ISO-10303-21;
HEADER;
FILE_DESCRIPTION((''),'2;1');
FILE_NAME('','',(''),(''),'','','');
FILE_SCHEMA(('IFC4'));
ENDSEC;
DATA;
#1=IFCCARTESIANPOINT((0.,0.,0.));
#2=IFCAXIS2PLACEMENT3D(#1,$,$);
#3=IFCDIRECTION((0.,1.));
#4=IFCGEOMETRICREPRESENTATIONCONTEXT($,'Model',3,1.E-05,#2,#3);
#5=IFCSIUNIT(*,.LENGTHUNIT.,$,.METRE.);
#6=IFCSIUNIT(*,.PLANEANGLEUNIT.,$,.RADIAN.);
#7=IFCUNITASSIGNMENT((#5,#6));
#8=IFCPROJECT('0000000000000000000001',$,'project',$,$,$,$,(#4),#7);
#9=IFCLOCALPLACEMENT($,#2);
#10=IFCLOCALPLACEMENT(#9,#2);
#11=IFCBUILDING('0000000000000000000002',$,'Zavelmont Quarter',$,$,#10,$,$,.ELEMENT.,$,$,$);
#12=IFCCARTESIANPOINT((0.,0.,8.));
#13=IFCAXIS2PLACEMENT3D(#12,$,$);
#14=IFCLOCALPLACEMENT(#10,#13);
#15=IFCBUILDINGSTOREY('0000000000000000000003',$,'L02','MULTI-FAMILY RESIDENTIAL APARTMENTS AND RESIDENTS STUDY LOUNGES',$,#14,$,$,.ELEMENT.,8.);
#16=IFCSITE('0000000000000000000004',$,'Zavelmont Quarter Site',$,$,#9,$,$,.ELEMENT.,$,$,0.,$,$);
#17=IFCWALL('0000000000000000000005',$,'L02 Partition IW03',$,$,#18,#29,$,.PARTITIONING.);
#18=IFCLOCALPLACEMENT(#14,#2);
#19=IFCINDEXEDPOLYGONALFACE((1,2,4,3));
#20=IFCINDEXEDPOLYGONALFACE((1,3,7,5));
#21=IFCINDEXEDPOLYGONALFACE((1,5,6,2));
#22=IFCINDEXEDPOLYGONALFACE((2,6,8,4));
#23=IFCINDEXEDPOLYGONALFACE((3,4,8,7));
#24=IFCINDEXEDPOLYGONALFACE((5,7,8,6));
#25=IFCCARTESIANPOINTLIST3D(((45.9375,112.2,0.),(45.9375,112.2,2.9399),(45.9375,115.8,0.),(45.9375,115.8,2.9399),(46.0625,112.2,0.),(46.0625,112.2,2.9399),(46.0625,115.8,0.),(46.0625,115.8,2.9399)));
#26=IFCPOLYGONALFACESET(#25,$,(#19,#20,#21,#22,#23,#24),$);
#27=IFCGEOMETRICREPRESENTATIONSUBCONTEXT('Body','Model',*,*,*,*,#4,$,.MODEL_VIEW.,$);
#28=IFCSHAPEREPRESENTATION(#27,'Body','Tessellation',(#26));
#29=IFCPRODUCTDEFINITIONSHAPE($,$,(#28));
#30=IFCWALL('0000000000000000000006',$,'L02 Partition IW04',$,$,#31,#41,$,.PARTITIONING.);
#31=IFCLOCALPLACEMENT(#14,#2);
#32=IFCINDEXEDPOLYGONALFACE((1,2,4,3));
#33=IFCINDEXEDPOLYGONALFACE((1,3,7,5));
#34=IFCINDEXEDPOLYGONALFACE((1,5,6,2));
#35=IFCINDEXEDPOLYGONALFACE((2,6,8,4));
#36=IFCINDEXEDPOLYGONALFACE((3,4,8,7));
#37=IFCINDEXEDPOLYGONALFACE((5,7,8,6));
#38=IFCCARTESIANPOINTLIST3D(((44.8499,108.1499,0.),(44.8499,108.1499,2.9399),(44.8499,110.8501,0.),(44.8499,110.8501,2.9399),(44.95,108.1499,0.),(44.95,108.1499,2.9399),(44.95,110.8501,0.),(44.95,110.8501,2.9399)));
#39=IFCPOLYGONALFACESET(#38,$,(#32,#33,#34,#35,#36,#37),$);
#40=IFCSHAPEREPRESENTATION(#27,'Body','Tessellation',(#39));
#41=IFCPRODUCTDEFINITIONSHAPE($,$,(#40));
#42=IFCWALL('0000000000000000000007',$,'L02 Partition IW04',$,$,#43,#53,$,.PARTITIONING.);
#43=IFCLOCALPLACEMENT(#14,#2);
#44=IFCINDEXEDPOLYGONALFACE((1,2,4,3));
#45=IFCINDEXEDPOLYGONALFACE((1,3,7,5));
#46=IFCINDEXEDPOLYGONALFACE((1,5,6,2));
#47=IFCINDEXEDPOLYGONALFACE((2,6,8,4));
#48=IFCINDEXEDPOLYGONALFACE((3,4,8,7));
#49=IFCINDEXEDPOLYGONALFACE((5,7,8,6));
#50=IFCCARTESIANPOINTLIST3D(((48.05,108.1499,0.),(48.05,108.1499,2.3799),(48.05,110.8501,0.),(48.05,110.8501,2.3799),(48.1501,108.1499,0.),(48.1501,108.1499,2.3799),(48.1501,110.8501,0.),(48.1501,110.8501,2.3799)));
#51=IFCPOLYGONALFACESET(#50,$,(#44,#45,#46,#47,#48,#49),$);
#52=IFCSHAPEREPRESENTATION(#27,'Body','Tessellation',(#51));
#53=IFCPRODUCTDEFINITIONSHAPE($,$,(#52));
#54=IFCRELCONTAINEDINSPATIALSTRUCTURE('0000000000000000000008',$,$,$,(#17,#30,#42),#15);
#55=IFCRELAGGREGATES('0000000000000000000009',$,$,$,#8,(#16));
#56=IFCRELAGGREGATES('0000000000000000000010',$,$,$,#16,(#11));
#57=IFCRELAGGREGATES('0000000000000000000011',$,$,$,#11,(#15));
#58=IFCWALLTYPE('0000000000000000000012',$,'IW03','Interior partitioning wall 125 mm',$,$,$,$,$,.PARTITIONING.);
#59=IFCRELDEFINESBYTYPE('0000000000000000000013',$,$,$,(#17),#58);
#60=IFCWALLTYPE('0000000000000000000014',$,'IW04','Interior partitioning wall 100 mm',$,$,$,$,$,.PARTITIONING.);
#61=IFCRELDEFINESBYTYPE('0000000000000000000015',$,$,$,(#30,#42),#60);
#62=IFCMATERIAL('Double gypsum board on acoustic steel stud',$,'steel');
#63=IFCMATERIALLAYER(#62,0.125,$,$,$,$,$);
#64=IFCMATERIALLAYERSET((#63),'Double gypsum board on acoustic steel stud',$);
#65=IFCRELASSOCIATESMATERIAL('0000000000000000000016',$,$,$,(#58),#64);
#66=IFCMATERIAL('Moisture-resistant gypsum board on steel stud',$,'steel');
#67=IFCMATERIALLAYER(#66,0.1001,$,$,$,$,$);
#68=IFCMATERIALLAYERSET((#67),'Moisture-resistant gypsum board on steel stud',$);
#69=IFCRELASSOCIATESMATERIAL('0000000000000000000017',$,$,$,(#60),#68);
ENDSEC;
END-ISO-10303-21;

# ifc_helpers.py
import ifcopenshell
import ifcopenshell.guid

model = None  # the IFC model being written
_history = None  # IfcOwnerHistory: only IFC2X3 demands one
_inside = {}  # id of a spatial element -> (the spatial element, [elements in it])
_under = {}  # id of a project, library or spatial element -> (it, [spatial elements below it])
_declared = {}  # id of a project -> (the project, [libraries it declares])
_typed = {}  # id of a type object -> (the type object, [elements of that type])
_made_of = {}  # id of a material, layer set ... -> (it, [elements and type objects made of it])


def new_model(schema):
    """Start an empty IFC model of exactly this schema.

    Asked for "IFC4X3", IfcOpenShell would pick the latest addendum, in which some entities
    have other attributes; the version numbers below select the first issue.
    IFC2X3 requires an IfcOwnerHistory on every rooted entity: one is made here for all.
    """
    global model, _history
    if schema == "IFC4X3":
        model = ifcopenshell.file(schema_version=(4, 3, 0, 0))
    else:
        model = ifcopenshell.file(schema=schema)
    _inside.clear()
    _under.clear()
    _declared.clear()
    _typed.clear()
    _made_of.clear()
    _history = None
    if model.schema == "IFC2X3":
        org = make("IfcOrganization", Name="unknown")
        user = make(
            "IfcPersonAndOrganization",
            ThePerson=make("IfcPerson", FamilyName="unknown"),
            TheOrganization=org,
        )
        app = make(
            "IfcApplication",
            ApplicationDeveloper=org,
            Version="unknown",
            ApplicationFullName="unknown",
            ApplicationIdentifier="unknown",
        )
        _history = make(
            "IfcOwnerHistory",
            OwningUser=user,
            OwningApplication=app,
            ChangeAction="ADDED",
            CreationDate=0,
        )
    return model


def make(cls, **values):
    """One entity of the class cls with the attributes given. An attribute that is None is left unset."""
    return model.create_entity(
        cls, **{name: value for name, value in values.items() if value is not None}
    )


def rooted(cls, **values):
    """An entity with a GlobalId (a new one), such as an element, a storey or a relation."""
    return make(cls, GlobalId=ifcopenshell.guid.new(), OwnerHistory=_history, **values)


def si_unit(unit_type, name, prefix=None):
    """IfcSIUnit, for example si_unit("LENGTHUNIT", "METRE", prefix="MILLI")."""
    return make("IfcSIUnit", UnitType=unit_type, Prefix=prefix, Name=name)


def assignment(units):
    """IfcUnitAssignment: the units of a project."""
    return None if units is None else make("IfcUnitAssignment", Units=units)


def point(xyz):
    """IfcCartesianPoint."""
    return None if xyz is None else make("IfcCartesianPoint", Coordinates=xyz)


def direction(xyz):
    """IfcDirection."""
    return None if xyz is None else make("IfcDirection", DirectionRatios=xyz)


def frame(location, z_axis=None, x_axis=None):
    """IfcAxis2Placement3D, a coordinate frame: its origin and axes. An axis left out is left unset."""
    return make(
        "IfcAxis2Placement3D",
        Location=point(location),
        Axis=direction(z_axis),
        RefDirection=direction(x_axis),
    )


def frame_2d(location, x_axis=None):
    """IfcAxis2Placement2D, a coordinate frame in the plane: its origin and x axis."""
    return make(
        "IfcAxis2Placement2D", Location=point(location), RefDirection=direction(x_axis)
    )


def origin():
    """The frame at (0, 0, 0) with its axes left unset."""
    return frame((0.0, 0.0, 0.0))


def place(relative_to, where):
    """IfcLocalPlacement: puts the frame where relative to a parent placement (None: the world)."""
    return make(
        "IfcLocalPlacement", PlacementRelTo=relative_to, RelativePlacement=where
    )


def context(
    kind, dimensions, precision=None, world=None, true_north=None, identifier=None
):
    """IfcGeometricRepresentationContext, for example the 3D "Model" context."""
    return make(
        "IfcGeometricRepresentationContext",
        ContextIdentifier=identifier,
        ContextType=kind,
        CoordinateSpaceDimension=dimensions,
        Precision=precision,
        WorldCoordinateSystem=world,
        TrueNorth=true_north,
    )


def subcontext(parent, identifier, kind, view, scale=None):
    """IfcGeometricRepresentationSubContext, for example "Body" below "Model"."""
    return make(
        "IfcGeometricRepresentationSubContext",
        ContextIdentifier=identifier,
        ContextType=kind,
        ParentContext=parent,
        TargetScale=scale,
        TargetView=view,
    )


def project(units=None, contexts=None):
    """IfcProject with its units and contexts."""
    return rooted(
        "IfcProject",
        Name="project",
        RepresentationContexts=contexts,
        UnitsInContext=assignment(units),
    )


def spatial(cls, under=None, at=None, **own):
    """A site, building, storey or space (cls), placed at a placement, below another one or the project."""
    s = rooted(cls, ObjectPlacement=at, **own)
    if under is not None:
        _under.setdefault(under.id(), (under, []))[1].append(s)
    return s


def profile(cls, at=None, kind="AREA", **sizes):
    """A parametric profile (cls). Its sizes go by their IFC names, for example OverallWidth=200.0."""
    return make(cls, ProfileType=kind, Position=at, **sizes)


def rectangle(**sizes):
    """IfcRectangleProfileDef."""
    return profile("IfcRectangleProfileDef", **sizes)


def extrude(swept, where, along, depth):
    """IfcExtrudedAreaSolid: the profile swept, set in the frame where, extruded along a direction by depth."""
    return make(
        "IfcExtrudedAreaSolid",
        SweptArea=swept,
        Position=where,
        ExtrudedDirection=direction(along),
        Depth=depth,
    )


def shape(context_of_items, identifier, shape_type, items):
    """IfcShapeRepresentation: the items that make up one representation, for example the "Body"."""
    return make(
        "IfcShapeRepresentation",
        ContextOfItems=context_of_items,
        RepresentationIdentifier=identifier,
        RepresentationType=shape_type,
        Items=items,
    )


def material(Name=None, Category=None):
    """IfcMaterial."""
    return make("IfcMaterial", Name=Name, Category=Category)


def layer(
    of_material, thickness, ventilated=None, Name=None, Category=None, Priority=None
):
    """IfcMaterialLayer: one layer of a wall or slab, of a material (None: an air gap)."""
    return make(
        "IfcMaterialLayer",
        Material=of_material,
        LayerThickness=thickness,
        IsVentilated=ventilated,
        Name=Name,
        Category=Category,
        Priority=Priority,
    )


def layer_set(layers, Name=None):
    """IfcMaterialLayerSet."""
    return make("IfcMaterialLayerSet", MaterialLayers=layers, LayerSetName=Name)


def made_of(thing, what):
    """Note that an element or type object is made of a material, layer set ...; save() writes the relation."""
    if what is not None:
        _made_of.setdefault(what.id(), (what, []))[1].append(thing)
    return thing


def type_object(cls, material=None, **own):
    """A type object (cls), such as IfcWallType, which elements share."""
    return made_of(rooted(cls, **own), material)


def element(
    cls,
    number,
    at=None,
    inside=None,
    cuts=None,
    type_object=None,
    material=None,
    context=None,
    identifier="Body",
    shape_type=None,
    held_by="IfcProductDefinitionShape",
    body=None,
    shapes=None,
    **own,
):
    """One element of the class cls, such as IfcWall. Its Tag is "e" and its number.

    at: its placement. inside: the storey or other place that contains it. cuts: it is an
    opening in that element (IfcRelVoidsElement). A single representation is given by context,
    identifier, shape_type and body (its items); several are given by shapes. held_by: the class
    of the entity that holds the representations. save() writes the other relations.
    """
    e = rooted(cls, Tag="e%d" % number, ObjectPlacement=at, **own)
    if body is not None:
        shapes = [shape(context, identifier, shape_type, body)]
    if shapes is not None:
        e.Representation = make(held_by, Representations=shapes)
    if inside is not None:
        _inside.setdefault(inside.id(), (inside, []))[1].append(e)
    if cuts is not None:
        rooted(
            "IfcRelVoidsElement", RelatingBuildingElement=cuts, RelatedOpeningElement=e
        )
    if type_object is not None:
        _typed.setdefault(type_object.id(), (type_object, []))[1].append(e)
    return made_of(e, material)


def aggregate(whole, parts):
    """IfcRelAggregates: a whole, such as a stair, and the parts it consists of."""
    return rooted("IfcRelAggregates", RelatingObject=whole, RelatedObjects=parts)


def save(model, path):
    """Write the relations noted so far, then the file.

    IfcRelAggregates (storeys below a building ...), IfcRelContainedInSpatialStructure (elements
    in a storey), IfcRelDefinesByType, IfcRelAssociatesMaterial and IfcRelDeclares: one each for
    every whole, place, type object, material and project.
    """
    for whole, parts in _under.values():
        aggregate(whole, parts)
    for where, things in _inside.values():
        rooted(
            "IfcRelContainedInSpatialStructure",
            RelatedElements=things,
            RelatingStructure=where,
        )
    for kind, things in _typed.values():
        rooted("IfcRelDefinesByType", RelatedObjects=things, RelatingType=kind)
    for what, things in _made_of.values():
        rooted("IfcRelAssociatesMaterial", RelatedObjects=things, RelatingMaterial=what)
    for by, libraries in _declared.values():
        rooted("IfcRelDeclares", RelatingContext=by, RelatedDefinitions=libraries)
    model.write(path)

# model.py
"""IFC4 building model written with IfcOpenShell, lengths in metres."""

from ifc_helpers import new_model, si_unit, direction, frame, frame_2d, origin, place, context, subcontext, project, spatial, rectangle, extrude, material, layer, layer_set, type_object, element, save


model = new_model("IFC4")

# Units and contexts
model_context = context("Model", 3, precision=1e-05, world=origin(), true_north=direction((0.0, 1.0)))
body_context = subcontext(model_context, "Body", "Model", "MODEL_VIEW")
ifc_project = project(units=[si_unit("LENGTHUNIT", "METRE"), si_unit("PLANEANGLEUNIT", "RADIAN")], contexts=[model_context])

# Site, building, storey
site_placement = place(None, origin())
site = spatial("IfcSite", under=ifc_project, at=site_placement, Name="Zavelmont Quarter Site", CompositionType="ELEMENT", RefElevation=0.0)
building_placement = place(site_placement, origin())
building = spatial("IfcBuilding", under=site, at=building_placement, Name="Zavelmont Quarter", CompositionType="ELEMENT")
storey_placement = place(building_placement, frame((0.0, 0.0, 8.0)))
storey = spatial("IfcBuildingStorey", under=building, at=storey_placement, Name="L02", Description="MULTI-FAMILY RESIDENTIAL APARTMENTS AND RESIDENTS STUDY LOUNGES", CompositionType="ELEMENT", Elevation=8.0)

# Walls
ifc_material_1 = material(Name="Double gypsum board on acoustic steel stud", Category="steel")
ifc_layer_1 = layer(ifc_material_1, 0.125)
ifc_layer_set_1 = layer_set([ifc_layer_1], Name="Double gypsum board on acoustic steel stud")
wall_type_1 = type_object("IfcWallType", Name="IW03", Description="Interior partitioning wall 125 mm", PredefinedType="PARTITIONING", material=ifc_layer_set_1)
wall_1_placement = place(storey_placement, frame((46.0, 112.2, 0.0), z_axis=(0.0, 0.0, 1.0), x_axis=(0.0, 1.0, 0.0)))
element("IfcWall", 1, at=wall_1_placement, inside=storey, type_object=wall_type_1, Name="L02 Partition IW03", PredefinedType="PARTITIONING", context=body_context, shape_type="SweptSolid", body=[
    extrude(rectangle(XDim=3.6001, YDim=0.125, at=frame_2d((1.8, 0.0))), origin(), (0.0, 0.0, 1.0), 2.9399),
])
ifc_material_2 = material(Name="Moisture-resistant gypsum board on steel stud", Category="steel")
ifc_layer_2 = layer(ifc_material_2, 0.1001)
ifc_layer_set_2 = layer_set([ifc_layer_2], Name="Moisture-resistant gypsum board on steel stud")
wall_type_2 = type_object("IfcWallType", Name="IW04", Description="Interior partitioning wall 100 mm", PredefinedType="PARTITIONING", material=ifc_layer_set_2)
wall_2_placement = place(storey_placement, frame((44.8999, 108.1499, 0.0), z_axis=(0.0, 0.0, 1.0), x_axis=(0.0, 1.0, 0.0)))
element("IfcWall", 2, at=wall_2_placement, inside=storey, type_object=wall_type_2, Name="L02 Partition IW04", PredefinedType="PARTITIONING", context=body_context, shape_type="SweptSolid", body=[
    extrude(rectangle(XDim=2.7002, YDim=0.1001, at=frame_2d((1.3501, 0.0))), origin(), (0.0, 0.0, 1.0), 2.9399),
])
wall_3_placement = place(storey_placement, frame((48.1001, 108.1499, 0.0), z_axis=(0.0, 0.0, 1.0), x_axis=(0.0, 1.0, 0.0)))
element("IfcWall", 3, at=wall_3_placement, inside=storey, type_object=wall_type_2, Name="L02 Partition IW04", PredefinedType="PARTITIONING", context=body_context, shape_type="SweptSolid", body=[
    extrude(rectangle(XDim=2.7002, YDim=0.1001, at=frame_2d((1.3501, 0.0))), origin(), (0.0, 0.0, 1.0), 2.3799),
])

save(model, "model.ifc")
